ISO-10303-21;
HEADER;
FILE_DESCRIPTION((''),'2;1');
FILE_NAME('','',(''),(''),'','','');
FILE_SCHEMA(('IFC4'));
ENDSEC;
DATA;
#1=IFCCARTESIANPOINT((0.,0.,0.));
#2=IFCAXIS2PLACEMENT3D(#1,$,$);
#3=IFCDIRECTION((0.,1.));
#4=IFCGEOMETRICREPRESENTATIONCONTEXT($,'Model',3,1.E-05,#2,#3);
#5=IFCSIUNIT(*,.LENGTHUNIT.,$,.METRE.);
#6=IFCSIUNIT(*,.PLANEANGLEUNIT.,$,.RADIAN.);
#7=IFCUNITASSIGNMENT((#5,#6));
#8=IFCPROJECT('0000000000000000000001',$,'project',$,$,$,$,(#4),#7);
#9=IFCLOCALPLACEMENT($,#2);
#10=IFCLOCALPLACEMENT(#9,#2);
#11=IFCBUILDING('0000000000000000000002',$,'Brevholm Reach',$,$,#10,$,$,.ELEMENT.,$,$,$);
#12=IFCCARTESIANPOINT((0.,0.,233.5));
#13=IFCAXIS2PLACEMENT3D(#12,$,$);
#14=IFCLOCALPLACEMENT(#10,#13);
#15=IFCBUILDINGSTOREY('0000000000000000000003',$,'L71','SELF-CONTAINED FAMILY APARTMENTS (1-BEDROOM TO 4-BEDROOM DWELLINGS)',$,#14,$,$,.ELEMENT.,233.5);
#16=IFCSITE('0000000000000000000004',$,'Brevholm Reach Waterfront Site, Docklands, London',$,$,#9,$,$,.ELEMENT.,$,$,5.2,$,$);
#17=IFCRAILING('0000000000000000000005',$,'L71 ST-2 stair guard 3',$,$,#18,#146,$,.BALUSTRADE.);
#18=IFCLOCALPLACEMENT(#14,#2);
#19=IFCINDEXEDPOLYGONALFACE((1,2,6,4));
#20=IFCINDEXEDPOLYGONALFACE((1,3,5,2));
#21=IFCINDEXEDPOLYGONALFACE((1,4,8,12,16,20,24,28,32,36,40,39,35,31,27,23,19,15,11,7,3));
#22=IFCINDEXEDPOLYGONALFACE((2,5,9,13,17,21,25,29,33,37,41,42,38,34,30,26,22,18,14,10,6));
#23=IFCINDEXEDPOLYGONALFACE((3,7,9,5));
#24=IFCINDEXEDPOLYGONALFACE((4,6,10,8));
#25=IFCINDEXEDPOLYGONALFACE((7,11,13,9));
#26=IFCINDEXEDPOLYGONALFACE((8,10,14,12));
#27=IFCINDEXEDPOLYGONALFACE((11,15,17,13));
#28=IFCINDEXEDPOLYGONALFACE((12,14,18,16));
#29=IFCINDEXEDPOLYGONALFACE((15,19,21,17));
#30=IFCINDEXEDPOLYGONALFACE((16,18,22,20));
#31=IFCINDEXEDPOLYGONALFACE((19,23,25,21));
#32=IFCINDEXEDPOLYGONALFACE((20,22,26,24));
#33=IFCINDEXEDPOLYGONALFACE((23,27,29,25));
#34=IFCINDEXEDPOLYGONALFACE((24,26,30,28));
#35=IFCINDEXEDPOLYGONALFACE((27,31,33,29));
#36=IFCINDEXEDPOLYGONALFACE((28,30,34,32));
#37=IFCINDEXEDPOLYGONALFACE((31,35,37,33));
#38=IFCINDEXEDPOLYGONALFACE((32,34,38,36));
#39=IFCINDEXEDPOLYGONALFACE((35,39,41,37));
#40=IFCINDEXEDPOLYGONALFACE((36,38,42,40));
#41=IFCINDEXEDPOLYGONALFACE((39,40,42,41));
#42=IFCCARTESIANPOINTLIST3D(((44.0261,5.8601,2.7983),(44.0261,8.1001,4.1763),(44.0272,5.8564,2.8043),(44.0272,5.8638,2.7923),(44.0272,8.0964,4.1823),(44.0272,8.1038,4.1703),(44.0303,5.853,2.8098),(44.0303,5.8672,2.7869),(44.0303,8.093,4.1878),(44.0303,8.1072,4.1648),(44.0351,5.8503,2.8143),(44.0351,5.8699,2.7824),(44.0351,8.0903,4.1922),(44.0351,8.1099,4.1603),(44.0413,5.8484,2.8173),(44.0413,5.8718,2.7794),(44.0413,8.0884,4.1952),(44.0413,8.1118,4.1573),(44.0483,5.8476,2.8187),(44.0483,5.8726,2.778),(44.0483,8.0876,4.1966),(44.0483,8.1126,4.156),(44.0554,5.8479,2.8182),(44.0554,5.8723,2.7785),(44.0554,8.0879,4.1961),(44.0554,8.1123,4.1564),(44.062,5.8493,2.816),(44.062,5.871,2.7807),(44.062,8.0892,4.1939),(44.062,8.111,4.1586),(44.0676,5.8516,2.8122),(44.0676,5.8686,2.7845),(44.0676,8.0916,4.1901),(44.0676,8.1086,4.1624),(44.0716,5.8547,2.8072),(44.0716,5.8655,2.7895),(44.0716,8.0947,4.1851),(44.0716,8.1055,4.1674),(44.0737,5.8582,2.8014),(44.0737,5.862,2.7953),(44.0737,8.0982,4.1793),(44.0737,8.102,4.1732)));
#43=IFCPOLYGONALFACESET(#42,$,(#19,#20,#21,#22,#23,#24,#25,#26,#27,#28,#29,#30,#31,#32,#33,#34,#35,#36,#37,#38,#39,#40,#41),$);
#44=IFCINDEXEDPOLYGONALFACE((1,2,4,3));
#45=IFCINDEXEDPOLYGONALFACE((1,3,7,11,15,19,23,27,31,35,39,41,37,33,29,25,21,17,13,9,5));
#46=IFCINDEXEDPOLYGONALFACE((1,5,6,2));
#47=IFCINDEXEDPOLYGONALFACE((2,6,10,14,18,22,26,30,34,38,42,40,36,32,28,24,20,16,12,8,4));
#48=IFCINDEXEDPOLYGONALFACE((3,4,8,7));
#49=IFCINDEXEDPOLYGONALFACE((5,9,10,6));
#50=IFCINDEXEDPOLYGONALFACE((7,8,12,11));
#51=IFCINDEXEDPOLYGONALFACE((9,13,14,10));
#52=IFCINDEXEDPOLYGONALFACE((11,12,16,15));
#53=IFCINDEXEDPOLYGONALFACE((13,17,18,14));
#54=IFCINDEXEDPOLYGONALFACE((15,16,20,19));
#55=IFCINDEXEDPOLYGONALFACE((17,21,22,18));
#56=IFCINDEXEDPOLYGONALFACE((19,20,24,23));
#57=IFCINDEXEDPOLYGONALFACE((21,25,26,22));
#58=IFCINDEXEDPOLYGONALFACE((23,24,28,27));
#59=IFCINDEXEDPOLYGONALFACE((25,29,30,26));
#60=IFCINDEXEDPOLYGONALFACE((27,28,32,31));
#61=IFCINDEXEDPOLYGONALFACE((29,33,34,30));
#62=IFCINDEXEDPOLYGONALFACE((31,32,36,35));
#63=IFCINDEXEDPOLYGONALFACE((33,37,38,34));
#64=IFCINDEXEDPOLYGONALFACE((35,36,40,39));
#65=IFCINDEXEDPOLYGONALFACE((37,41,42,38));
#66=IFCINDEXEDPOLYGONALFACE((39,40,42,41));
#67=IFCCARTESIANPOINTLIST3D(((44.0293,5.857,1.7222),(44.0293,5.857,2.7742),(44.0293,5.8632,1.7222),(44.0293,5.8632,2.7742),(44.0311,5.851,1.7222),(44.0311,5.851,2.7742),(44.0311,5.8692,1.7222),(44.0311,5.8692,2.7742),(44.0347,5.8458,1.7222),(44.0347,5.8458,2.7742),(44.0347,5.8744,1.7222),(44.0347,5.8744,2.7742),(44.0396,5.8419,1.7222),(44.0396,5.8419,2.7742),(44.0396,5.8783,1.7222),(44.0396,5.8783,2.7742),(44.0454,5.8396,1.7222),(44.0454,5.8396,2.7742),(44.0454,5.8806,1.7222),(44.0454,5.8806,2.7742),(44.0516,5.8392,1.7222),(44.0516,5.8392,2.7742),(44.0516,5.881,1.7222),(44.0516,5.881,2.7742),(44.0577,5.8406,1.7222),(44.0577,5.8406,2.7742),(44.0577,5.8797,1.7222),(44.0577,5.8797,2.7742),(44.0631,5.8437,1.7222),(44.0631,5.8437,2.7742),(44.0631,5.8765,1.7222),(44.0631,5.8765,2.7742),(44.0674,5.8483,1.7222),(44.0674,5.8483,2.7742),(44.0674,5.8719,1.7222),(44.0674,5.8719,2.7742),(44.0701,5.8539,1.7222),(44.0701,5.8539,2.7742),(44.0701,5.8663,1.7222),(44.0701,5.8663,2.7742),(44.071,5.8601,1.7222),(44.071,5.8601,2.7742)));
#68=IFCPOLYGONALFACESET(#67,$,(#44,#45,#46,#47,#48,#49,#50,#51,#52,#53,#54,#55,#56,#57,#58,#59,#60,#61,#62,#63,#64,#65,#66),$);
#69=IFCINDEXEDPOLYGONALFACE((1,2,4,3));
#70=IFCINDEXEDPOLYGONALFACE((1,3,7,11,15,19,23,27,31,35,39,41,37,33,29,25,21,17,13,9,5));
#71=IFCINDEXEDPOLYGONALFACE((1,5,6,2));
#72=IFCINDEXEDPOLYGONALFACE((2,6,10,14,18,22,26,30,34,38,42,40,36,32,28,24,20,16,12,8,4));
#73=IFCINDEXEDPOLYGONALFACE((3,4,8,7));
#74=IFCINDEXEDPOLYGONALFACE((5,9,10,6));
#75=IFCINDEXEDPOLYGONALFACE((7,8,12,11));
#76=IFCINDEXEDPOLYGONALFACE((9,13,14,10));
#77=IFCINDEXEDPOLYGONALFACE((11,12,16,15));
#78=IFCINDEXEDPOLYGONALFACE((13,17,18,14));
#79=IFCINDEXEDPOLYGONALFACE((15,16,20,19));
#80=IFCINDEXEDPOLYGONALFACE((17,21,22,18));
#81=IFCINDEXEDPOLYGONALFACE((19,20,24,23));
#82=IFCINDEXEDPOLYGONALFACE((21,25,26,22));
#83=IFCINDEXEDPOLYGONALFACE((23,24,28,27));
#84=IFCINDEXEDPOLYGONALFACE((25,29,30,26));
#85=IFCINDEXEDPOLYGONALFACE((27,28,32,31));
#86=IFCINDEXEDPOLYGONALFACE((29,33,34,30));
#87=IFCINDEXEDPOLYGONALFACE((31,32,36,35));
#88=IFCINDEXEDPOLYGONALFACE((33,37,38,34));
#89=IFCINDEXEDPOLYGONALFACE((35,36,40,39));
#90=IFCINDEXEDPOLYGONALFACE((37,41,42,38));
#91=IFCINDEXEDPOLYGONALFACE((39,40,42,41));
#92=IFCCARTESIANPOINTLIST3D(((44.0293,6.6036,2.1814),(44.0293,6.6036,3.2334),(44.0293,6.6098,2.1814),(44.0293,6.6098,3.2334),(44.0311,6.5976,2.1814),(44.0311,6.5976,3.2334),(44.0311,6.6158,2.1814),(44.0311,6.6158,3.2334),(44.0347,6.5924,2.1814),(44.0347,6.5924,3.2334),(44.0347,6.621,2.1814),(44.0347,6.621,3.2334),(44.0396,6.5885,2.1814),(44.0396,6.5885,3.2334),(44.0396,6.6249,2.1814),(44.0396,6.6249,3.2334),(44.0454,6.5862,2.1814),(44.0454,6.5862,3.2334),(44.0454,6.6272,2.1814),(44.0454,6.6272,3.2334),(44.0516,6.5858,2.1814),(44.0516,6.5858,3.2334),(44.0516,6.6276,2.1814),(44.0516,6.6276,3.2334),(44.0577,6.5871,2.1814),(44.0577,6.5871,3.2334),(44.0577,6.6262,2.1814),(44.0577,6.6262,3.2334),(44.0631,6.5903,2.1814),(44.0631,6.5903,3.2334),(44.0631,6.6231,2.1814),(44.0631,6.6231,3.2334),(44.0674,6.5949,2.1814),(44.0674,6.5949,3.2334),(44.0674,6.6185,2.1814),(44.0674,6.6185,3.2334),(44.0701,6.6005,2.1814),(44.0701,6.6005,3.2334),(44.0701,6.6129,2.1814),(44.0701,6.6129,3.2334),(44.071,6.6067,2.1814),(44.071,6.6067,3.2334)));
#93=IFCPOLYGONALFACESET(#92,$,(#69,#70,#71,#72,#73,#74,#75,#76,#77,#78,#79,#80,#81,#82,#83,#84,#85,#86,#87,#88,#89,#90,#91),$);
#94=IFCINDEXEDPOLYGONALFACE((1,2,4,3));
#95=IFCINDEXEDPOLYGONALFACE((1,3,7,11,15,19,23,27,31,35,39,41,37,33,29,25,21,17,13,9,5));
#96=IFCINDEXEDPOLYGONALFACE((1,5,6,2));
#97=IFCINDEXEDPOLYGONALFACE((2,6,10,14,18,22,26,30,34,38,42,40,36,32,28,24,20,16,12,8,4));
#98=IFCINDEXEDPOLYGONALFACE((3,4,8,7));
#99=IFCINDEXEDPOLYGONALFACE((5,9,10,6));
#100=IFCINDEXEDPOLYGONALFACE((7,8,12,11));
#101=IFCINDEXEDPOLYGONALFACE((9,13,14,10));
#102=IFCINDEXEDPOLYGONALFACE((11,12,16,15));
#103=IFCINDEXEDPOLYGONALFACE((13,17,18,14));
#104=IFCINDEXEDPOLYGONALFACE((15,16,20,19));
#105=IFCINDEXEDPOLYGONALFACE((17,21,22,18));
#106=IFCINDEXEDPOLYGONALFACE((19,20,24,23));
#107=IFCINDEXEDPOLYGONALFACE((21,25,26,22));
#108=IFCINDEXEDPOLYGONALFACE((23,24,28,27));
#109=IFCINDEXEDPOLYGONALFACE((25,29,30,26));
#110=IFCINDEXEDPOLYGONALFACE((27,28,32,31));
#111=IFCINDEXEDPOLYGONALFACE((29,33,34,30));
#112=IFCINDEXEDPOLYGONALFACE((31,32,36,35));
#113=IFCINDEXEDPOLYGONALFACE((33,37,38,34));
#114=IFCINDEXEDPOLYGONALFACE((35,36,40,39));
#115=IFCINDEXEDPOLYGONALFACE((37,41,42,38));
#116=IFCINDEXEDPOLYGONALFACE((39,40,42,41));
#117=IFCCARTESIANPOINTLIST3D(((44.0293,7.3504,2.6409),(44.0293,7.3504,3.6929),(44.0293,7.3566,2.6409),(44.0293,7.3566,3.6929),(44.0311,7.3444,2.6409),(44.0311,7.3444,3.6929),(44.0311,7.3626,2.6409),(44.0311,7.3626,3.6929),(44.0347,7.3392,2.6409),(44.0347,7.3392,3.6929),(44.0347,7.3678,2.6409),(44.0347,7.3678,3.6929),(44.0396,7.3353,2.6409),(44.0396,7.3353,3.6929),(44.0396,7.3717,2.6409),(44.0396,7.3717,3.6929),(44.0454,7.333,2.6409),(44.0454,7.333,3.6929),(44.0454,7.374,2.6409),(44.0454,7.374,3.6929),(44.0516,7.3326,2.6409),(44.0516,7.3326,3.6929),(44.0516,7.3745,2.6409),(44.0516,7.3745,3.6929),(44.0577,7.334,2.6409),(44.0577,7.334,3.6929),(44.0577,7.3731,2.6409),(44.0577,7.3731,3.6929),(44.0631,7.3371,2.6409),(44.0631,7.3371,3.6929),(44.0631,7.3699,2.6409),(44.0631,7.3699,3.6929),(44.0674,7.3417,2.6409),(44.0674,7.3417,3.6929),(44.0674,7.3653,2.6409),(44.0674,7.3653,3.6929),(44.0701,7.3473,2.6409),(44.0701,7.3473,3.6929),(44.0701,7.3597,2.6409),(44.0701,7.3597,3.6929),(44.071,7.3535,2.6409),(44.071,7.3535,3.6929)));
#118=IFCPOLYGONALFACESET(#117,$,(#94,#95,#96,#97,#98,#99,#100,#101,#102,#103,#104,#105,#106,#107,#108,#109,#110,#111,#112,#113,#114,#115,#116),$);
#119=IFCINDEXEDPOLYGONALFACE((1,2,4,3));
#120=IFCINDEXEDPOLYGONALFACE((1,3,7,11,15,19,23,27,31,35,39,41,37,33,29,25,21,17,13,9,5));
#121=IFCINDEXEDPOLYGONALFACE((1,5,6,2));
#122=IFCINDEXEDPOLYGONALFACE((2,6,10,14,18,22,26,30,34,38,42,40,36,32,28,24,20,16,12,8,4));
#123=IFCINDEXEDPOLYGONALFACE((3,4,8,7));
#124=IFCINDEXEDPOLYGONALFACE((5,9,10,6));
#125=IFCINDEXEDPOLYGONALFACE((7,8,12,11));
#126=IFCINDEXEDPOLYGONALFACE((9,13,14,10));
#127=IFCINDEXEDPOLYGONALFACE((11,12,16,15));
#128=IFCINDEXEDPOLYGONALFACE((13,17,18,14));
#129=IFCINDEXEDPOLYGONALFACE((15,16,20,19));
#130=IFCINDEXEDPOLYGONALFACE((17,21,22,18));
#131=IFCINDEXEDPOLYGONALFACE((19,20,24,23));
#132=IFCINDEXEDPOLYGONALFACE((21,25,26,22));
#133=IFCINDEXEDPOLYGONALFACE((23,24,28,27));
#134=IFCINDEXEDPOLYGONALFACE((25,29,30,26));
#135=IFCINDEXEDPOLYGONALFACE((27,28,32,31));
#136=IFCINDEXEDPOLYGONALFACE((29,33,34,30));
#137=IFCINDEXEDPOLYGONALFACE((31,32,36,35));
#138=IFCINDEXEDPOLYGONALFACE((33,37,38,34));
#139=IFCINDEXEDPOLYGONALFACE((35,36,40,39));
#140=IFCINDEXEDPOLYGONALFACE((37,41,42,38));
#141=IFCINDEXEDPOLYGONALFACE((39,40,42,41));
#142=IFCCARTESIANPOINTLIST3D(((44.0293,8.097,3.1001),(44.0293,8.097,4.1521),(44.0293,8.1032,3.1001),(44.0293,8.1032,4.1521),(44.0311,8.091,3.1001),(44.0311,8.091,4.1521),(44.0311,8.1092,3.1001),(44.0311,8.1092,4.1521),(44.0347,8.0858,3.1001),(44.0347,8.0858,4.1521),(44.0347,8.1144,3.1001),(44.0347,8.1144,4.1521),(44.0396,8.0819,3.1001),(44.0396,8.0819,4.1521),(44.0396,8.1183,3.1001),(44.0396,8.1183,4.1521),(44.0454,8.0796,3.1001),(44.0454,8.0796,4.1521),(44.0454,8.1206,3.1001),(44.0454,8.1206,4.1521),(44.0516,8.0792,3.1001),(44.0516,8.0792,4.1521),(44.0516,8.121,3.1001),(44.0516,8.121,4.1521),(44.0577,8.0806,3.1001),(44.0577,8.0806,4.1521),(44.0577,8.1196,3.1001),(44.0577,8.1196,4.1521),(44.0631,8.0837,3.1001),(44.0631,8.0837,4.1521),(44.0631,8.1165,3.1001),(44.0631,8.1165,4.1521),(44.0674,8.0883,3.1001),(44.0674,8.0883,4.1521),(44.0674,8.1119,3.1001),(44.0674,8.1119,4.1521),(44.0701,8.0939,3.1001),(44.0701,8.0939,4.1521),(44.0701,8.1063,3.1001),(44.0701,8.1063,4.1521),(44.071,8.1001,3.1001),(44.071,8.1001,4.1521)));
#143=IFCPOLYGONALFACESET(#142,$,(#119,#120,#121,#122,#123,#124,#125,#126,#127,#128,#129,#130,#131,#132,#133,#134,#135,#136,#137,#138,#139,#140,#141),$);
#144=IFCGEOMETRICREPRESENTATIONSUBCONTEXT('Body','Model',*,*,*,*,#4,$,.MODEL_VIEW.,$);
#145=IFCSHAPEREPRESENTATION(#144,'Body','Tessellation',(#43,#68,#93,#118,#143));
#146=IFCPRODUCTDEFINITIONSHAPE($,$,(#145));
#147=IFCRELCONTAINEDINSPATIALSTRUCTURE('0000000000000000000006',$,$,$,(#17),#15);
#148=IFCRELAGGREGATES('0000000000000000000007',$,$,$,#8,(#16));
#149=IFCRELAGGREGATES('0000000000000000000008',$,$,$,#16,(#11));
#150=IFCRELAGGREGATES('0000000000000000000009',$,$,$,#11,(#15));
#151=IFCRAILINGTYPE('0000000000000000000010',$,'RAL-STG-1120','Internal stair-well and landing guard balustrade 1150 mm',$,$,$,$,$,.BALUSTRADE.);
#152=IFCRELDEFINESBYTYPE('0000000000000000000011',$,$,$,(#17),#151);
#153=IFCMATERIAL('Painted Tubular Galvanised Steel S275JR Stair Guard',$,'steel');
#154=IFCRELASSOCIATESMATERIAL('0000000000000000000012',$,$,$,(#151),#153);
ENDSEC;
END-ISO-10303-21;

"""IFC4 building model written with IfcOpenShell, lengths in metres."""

from ifc_helpers import new_model, si_unit, direction, frame, origin, origin_2d, place, context, subcontext, project, spatial, circle, extrude, material, type_object, element, save


model = new_model("IFC4")

# Units and contexts
model_context = context("Model", 3, precision=1e-05, world=origin(), true_north=direction((0.0, 1.0)))
body_context = subcontext(model_context, "Body", "Model", "MODEL_VIEW")
ifc_project = project(units=[si_unit("LENGTHUNIT", "METRE"), si_unit("PLANEANGLEUNIT", "RADIAN")], contexts=[model_context])

# Site, building, storey
site_placement = place(None, origin())
site = spatial("IfcSite", under=ifc_project, at=site_placement, Name="Brevholm Reach Waterfront Site, Docklands, London", CompositionType="ELEMENT", RefElevation=5.2)
building_placement = place(site_placement, origin())
building = spatial("IfcBuilding", under=site, at=building_placement, Name="Brevholm Reach", CompositionType="ELEMENT")
storey_placement = place(building_placement, frame((0.0, 0.0, 233.5)))
storey = spatial("IfcBuildingStorey", under=building, at=storey_placement, Name="L71", Description="SELF-CONTAINED FAMILY APARTMENTS (1-BEDROOM TO 4-BEDROOM DWELLINGS)", CompositionType="ELEMENT", Elevation=233.5)

# Railing
ifc_material_1 = material(Name="Painted Tubular Galvanised Steel S275JR Stair Guard", Category="steel")
railing_type_1 = type_object("IfcRailingType", Name="RAL-STG-1120", Description="Internal stair-well and landing guard balustrade 1150 mm", PredefinedType="BALUSTRADE", material=ifc_material_1)
railing_1_placement = place(storey_placement, frame((44.05, 5.8601, 1.7222)))
element("IfcRailing", 1, at=railing_1_placement, inside=storey, type_object=railing_type_1, Name="L71 ST-2 stair guard 3", PredefinedType="BALUSTRADE", context=body_context, shape_type="SweptSolid", body=[
    extrude(circle(Radius=0.0239, at=origin_2d()), frame((0.0, 0.0, 1.0762), z_axis=(0.0, 0.851748, 0.523952), x_axis=(-1.0, 0.0, 0.0)), (0.0, 0.0, 1.0), 2.6299),
    extrude(circle(Radius=0.021, at=origin_2d()), origin(), (0.0, 0.0, 1.0), 1.052),
    extrude(circle(Radius=0.021, at=origin_2d()), frame((0.0, 0.7466, 0.4592)), (0.0, 0.0, 1.0), 1.052),
    extrude(circle(Radius=0.021, at=origin_2d()), frame((0.0, 1.4934, 0.9187)), (0.0, 0.0, 1.0), 1.052),
    extrude(circle(Radius=0.021, at=origin_2d()), frame((0.0, 2.24, 1.3779)), (0.0, 0.0, 1.0), 1.052),
])

save(model, "model.ifc")
